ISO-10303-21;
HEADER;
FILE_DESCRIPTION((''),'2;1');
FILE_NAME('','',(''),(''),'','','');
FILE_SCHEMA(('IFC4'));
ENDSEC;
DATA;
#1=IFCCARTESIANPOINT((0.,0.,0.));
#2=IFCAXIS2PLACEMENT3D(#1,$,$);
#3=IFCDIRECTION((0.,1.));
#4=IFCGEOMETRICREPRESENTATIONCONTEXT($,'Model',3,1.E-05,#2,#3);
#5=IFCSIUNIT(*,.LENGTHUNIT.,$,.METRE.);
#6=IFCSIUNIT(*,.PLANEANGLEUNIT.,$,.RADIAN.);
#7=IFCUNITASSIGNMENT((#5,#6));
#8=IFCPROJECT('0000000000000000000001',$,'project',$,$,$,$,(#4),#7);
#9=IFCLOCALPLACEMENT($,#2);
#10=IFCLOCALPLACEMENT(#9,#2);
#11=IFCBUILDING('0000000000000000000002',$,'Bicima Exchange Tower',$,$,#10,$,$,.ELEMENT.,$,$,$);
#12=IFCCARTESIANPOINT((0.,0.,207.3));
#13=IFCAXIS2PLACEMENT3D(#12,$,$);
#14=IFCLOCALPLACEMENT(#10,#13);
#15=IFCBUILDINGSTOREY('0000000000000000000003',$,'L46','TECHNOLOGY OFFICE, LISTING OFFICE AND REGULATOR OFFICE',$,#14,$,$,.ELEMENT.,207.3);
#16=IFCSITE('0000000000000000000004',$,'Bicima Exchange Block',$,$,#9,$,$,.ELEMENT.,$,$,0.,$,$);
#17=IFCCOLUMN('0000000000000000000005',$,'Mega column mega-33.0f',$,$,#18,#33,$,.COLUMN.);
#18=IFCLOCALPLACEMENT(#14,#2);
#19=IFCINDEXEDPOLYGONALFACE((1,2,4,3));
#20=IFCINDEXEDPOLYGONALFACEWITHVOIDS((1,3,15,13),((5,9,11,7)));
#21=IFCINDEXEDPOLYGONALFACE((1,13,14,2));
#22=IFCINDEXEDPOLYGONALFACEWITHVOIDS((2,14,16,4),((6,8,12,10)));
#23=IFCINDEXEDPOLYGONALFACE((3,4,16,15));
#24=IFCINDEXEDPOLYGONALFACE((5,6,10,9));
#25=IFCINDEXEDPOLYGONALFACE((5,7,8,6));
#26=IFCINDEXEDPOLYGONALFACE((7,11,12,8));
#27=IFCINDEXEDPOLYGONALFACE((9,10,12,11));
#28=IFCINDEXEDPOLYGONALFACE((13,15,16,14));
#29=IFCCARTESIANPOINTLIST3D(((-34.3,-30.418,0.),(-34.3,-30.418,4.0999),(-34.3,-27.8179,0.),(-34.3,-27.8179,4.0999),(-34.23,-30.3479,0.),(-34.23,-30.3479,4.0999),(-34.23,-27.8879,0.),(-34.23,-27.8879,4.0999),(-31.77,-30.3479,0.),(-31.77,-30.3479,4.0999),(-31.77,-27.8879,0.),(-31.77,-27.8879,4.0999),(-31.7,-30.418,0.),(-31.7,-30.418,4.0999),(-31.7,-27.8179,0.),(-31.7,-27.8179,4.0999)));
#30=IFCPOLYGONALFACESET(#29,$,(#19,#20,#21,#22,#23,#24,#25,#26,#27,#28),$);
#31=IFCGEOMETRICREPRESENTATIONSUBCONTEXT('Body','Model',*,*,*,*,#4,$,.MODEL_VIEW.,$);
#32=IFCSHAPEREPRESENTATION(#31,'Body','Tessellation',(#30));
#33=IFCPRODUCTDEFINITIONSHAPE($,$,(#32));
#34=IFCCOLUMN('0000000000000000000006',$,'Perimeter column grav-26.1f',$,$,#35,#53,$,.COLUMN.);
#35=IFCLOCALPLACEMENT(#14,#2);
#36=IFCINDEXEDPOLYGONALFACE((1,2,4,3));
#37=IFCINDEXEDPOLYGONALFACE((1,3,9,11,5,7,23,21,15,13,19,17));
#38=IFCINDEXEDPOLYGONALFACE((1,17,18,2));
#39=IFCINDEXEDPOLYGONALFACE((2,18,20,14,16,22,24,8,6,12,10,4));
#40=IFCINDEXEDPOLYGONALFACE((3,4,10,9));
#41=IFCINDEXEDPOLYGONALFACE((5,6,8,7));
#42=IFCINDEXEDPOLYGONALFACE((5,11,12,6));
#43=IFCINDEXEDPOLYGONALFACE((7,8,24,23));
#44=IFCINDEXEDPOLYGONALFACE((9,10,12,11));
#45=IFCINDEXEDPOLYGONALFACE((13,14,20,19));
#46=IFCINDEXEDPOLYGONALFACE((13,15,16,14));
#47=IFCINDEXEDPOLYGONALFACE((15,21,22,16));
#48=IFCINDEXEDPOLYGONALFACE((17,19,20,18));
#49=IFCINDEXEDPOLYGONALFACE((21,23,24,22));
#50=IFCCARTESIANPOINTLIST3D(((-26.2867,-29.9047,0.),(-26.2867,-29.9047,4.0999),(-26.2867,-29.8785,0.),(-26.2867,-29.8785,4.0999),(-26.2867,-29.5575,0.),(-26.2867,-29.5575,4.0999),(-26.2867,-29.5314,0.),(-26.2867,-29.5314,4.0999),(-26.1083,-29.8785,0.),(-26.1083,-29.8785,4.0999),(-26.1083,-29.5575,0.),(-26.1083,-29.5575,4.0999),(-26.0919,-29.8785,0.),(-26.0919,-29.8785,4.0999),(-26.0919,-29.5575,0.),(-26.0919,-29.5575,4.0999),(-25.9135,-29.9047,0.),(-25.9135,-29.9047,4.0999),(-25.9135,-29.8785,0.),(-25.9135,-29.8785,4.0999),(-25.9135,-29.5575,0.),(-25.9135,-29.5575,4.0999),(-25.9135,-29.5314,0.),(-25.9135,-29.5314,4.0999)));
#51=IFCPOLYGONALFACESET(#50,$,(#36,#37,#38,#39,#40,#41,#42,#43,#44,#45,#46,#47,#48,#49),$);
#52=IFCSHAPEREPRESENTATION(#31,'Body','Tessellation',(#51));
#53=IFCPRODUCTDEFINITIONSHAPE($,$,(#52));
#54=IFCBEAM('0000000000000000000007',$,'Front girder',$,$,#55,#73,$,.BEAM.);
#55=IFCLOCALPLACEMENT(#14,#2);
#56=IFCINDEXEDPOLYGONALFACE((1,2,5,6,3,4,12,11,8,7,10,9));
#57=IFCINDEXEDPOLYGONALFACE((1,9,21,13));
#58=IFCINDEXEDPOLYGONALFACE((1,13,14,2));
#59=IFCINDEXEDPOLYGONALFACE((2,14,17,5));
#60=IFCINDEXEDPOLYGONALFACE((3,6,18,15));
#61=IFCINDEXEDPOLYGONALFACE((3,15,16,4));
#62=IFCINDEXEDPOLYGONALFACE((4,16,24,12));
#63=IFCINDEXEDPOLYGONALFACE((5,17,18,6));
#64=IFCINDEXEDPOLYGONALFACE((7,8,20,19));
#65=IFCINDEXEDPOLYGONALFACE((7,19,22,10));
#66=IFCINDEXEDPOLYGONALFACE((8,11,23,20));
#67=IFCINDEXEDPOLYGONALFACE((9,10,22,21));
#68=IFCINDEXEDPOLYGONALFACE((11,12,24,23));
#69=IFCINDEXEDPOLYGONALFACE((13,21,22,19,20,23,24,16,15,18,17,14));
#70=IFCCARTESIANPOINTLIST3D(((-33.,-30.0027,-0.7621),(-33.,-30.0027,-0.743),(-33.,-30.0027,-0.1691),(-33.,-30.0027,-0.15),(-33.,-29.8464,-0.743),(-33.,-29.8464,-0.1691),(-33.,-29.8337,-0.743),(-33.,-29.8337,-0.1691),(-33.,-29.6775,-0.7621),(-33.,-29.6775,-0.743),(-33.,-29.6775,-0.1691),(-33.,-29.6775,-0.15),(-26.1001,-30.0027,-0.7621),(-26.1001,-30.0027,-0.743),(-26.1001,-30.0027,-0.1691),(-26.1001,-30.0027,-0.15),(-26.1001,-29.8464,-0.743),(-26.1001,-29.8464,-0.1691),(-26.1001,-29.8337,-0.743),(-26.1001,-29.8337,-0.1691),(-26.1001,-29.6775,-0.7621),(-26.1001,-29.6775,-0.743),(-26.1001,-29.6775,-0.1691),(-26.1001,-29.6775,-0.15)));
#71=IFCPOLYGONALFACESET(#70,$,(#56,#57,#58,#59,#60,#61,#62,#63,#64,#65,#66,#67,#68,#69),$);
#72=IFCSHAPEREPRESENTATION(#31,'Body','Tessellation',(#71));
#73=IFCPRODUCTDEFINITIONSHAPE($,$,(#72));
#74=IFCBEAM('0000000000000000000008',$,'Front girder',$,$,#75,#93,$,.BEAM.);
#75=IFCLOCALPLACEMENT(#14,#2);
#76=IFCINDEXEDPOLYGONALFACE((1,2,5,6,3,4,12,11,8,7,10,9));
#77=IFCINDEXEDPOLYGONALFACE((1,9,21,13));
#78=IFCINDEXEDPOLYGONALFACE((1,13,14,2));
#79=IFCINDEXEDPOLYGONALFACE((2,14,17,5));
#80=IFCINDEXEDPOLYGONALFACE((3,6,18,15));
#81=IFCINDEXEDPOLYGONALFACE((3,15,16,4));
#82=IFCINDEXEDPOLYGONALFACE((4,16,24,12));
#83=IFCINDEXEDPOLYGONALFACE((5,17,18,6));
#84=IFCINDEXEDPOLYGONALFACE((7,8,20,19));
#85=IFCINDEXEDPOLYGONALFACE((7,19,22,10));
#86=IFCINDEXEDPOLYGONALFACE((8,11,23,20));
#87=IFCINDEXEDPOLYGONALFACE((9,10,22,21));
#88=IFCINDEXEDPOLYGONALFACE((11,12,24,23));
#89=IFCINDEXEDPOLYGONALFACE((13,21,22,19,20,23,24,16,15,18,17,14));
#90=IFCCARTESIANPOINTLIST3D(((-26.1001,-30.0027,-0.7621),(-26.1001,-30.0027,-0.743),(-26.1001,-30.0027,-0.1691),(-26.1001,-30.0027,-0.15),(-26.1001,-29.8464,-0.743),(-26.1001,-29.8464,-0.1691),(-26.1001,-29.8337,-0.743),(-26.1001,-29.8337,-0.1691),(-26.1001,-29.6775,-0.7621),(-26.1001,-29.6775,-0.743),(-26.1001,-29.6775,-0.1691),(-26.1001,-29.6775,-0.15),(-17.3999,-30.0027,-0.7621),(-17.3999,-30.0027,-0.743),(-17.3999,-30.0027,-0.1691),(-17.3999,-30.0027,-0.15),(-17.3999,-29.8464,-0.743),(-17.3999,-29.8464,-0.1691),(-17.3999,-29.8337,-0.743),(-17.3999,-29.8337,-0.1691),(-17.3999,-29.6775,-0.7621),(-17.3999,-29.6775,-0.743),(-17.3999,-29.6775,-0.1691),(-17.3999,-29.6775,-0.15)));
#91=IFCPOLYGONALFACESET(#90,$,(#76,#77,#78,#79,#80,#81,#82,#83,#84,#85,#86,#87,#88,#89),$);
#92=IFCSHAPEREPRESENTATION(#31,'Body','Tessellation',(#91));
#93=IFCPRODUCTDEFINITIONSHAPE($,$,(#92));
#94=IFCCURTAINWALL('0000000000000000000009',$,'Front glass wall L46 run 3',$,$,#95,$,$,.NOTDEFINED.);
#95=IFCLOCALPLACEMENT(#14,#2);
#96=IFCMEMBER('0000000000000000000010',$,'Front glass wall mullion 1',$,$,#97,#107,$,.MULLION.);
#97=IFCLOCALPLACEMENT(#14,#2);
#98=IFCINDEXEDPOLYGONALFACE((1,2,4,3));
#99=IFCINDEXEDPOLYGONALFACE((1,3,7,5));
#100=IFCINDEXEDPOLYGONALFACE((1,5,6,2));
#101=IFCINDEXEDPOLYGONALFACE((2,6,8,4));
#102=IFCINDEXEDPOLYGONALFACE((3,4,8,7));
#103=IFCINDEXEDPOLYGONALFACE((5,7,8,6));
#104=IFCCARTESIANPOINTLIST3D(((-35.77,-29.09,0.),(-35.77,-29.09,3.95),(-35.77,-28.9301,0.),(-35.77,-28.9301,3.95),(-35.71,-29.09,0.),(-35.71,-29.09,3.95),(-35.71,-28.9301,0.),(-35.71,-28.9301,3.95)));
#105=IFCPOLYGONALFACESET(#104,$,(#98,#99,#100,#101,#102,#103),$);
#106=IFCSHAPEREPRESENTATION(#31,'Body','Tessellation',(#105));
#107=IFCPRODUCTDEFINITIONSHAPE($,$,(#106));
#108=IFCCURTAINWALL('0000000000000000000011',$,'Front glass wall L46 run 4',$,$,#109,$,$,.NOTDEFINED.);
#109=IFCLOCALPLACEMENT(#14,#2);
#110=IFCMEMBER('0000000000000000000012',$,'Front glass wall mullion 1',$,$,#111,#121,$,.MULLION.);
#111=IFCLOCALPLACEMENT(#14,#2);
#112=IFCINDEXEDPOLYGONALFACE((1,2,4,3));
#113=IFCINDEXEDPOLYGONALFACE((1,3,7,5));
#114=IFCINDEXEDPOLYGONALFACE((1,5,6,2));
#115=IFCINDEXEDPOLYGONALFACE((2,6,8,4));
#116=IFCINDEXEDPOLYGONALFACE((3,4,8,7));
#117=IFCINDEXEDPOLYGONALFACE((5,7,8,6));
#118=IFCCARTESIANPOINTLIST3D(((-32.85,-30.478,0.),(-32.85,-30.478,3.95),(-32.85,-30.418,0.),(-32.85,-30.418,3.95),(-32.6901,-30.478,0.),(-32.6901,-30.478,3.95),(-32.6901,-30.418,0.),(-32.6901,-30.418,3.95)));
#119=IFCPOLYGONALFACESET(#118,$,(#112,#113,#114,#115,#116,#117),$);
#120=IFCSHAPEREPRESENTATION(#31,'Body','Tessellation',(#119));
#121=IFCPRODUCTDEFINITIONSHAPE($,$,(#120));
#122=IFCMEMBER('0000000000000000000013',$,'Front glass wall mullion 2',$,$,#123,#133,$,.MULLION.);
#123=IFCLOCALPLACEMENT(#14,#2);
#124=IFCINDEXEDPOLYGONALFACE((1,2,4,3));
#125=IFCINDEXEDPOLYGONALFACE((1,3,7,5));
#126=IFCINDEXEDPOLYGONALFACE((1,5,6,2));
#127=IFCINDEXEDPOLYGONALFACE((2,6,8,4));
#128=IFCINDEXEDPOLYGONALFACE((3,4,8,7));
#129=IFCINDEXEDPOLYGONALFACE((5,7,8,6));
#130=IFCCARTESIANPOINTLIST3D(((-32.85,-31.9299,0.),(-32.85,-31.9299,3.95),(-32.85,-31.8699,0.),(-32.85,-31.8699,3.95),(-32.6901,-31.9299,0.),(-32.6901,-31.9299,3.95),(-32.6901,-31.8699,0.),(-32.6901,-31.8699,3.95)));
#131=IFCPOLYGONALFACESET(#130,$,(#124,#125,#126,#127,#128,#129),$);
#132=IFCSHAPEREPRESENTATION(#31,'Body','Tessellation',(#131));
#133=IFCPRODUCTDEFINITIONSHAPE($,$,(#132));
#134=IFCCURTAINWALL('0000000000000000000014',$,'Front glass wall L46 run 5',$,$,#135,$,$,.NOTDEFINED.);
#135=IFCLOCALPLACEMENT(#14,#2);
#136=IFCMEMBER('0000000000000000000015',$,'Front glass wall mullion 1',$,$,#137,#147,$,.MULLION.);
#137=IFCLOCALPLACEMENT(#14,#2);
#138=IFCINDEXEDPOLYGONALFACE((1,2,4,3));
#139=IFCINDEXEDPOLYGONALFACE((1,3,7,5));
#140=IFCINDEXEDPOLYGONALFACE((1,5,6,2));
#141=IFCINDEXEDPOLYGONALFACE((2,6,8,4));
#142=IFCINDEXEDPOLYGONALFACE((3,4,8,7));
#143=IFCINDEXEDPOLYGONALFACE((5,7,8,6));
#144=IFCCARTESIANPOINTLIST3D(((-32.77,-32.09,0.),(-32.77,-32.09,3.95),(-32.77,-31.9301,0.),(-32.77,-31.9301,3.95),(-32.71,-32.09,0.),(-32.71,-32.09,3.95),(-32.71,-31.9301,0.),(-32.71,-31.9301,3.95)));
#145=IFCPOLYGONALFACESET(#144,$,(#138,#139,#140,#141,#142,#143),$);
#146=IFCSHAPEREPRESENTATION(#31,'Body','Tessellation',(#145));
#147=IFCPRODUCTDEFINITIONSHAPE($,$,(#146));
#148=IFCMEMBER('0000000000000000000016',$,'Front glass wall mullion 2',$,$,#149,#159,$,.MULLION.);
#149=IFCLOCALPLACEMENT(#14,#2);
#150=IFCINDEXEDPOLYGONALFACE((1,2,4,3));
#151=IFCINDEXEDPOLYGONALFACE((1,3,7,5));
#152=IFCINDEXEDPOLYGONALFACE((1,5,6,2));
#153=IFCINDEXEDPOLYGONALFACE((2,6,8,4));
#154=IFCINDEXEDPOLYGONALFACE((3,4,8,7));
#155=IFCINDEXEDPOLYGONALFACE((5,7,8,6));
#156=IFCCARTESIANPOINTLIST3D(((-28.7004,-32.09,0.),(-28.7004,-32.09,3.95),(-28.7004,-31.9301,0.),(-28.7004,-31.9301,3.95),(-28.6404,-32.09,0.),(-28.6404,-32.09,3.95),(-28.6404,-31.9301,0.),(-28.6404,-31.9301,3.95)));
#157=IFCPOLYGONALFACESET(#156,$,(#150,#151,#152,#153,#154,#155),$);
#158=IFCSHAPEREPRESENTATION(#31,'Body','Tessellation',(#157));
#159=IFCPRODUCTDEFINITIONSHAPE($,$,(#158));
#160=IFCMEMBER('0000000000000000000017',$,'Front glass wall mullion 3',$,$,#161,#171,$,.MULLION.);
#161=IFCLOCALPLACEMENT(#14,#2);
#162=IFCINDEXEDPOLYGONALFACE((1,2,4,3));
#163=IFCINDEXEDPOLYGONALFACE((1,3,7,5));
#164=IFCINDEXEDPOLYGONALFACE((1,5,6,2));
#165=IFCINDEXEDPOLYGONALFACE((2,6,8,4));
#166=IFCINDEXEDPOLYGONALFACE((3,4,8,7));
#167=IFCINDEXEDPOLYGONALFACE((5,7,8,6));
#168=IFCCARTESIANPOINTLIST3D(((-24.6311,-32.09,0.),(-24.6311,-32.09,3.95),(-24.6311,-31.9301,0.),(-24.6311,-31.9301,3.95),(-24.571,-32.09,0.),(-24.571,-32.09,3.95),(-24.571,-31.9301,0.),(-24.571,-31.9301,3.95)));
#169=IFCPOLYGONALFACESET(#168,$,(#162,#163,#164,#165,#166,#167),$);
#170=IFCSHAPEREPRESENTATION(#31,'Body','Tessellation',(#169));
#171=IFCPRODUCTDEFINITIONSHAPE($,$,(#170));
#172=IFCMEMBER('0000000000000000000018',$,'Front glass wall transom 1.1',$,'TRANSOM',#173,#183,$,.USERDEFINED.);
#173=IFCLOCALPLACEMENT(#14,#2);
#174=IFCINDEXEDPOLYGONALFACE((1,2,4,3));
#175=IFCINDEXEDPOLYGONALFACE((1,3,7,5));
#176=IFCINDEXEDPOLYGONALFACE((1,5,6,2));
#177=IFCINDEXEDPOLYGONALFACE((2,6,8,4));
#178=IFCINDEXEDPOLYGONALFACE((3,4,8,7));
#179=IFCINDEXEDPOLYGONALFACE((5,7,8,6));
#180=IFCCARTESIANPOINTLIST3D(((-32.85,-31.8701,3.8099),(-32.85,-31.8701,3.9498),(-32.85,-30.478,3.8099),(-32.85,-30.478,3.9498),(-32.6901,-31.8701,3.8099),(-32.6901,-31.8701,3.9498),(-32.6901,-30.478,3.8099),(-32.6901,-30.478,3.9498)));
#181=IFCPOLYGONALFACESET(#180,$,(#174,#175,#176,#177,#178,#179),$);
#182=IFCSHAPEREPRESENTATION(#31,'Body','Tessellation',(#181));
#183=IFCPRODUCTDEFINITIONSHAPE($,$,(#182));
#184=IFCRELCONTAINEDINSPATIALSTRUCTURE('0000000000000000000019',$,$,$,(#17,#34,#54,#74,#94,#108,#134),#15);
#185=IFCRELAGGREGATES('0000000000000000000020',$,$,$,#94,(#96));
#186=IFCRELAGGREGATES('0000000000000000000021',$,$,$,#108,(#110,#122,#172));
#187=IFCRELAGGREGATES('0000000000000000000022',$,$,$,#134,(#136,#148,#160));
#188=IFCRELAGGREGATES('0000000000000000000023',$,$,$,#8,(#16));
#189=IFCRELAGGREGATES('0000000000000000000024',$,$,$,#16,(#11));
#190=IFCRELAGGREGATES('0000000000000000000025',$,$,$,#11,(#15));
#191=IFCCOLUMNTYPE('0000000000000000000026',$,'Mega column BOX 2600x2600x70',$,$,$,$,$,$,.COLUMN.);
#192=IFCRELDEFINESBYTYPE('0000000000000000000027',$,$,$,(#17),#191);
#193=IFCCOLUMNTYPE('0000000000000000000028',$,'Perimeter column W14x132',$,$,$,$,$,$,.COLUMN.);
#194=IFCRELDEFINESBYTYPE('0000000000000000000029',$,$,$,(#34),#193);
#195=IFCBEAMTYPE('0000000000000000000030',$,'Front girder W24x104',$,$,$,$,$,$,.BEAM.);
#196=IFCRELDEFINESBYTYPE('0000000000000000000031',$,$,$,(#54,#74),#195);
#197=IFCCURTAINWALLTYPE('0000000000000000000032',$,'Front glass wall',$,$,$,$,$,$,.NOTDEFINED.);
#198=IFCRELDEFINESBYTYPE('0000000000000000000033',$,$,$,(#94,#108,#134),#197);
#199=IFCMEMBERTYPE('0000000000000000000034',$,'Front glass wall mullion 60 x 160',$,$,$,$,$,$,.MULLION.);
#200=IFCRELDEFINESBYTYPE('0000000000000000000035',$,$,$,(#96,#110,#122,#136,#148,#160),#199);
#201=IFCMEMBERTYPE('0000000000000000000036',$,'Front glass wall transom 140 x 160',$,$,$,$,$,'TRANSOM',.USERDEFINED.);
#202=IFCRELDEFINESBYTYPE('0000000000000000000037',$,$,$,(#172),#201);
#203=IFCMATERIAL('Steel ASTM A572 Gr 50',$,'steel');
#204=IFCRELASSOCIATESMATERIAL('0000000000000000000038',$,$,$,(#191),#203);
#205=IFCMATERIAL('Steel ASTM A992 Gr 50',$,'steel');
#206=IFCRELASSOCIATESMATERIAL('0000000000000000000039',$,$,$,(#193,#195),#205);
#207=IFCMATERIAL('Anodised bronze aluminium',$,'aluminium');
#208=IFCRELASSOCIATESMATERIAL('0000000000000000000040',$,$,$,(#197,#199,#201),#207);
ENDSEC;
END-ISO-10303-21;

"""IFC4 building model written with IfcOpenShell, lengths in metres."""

from ifc_helpers import new_model, si_unit, direction, frame, origin, origin_2d, place, context, subcontext, project, spatial, rectangle, hollow_rectangle, i_section, extrude, material, material_profile, profile_set, type_object, element, aggregate, save


model = new_model("IFC4")

# Units and contexts
model_context = context("Model", 3, precision=1e-05, world=origin(), true_north=direction((0.0, 1.0)))
body_context = subcontext(model_context, "Body", "Model", "MODEL_VIEW")
ifc_project = project(units=[si_unit("LENGTHUNIT", "METRE"), si_unit("PLANEANGLEUNIT", "RADIAN")], contexts=[model_context])

# Site, building, storey
site_placement = place(None, origin())
site = spatial("IfcSite", under=ifc_project, at=site_placement, Name="Bicima Exchange Block", CompositionType="ELEMENT", RefElevation=0.0)
building_placement = place(site_placement, origin())
building = spatial("IfcBuilding", under=site, at=building_placement, Name="Bicima Exchange Tower", CompositionType="ELEMENT")
storey_placement = place(building_placement, frame((0.0, 0.0, 207.3)))
storey = spatial("IfcBuildingStorey", under=building, at=storey_placement, Name="L46", Description="TECHNOLOGY OFFICE, LISTING OFFICE AND REGULATOR OFFICE", CompositionType="ELEMENT", Elevation=207.3)

# Columns
ifc_material_1 = material(Name="Steel ASTM A572 Gr 50", Category="steel")
ifc_material_profile_1 = material_profile(ifc_material_1, hollow_rectangle(XDim=2.6001, YDim=2.6001, WallThickness=0.0701, at=origin_2d()))
ifc_profile_set_1 = profile_set([ifc_material_profile_1], Name="Steel ASTM A572 Gr 50")
column_type_1 = type_object("IfcColumnType", Name="Mega column BOX 2600x2600x70", PredefinedType="COLUMN", material=ifc_profile_set_1)
column_1_placement = place(storey_placement, frame((-33.0, -29.1179, 0.0), z_axis=(0.0, 0.0, 1.0), x_axis=(1.0, 0.0, 0.0)))
element("IfcColumn", 1, at=column_1_placement, inside=storey, type_object=column_type_1, Name="Mega column mega-33.0f", PredefinedType="COLUMN", context=body_context, shape_type="SweptSolid", body=[
    extrude(hollow_rectangle(XDim=2.6001, YDim=2.6001, WallThickness=0.0701, at=origin_2d()), origin(), (0.0, 0.0, 1.0), 4.0999),
])
ifc_material_2 = material(Name="Steel ASTM A992 Gr 50", Category="steel")
ifc_material_profile_2 = material_profile(ifc_material_2, i_section(OverallWidth=0.3733, OverallDepth=0.3733, WebThickness=0.0164, FlangeThickness=0.0261, at=origin_2d()))
ifc_profile_set_2 = profile_set([ifc_material_profile_2], Name="Steel ASTM A992 Gr 50")
column_type_2 = type_object("IfcColumnType", Name="Perimeter column W14x132", PredefinedType="COLUMN", material=ifc_profile_set_2)
column_2_placement = place(storey_placement, frame((-26.1001, -29.718, 0.0), z_axis=(0.0, 0.0, 1.0), x_axis=(1.0, 0.0, 0.0)))
element("IfcColumn", 2, at=column_2_placement, inside=storey, type_object=column_type_2, Name="Perimeter column grav-26.1f", PredefinedType="COLUMN", context=body_context, shape_type="SweptSolid", body=[
    extrude(i_section(OverallWidth=0.3733, OverallDepth=0.3733, WebThickness=0.0164, FlangeThickness=0.0261, at=origin_2d()), origin(), (0.0, 0.0, 1.0), 4.0999),
])

# Beams
ifc_material_profile_3 = material_profile(ifc_material_2, i_section(OverallWidth=0.3252, OverallDepth=0.6121, WebThickness=0.0127, FlangeThickness=0.019, at=origin_2d()))
ifc_profile_set_3 = profile_set([ifc_material_profile_3], Name="Steel ASTM A992 Gr 50")
beam_type = type_object("IfcBeamType", Name="Front girder W24x104", PredefinedType="BEAM", material=ifc_profile_set_3)
beam_1_placement = place(storey_placement, frame((-33.0, -29.8401, -0.4561), z_axis=(1.0, 0.0, 0.0), x_axis=(0.0, 1.0, 0.0)))
element("IfcBeam", 3, at=beam_1_placement, inside=storey, type_object=beam_type, Name="Front girder", PredefinedType="BEAM", context=body_context, shape_type="SweptSolid", body=[
    extrude(i_section(OverallWidth=0.3252, OverallDepth=0.6121, WebThickness=0.0127, FlangeThickness=0.019, at=origin_2d()), origin(), (0.0, 0.0, 1.0), 6.8999),
])
beam_2_placement = place(storey_placement, frame((-26.1001, -29.8401, -0.4561), z_axis=(1.0, 0.0, 0.0), x_axis=(0.0, 1.0, 0.0)))
element("IfcBeam", 4, at=beam_2_placement, inside=storey, type_object=beam_type, Name="Front girder", PredefinedType="BEAM", context=body_context, shape_type="SweptSolid", body=[
    extrude(i_section(OverallWidth=0.3252, OverallDepth=0.6121, WebThickness=0.0127, FlangeThickness=0.019, at=origin_2d()), origin(), (0.0, 0.0, 1.0), 8.7002),
])

# Curtain wall, member
ifc_material_3 = material(Name="Anodised bronze aluminium", Category="aluminium")
curtain_wall_type = type_object("IfcCurtainWallType", Name="Front glass wall", PredefinedType="NOTDEFINED", material=ifc_material_3)
curtain_wall_1_placement = place(storey_placement, origin())
curtain_wall_1 = element("IfcCurtainWall", 5, at=curtain_wall_1_placement, inside=storey, type_object=curtain_wall_type, Name="Front glass wall L46 run 3", PredefinedType="NOTDEFINED")
ifc_material_profile_4 = material_profile(ifc_material_3, rectangle(XDim=0.1599, YDim=0.0601, at=origin_2d()))
ifc_profile_set_4 = profile_set([ifc_material_profile_4], Name="Anodised bronze aluminium")
member_type_1 = type_object("IfcMemberType", Name="Front glass wall mullion 60 x 160", PredefinedType="MULLION", material=ifc_profile_set_4)
member_1_placement = place(storey_placement, frame((-35.74, -29.01, 0.0), z_axis=(0.0, 0.0, 1.0), x_axis=(0.0, 1.0, 0.0)))
member_1 = element("IfcMember", 6, at=member_1_placement, type_object=member_type_1, Name="Front glass wall mullion 1", PredefinedType="MULLION", context=body_context, shape_type="SweptSolid", body=[
    extrude(rectangle(XDim=0.1599, YDim=0.0601, at=origin_2d()), origin(), (0.0, 0.0, 1.0), 3.95),
])
aggregate(curtain_wall_1, [member_1])

# Curtain walls, members
curtain_wall_2_placement = place(storey_placement, origin())
curtain_wall_2 = element("IfcCurtainWall", 7, at=curtain_wall_2_placement, inside=storey, type_object=curtain_wall_type, Name="Front glass wall L46 run 4", PredefinedType="NOTDEFINED")
member_2_placement = place(storey_placement, frame((-32.77, -30.448, 0.0), z_axis=(0.0, 0.0, 1.0), x_axis=(1.0, 0.0, 0.0)))
member_2 = element("IfcMember", 8, at=member_2_placement, type_object=member_type_1, Name="Front glass wall mullion 1", PredefinedType="MULLION", context=body_context, shape_type="SweptSolid", body=[
    extrude(rectangle(XDim=0.1599, YDim=0.0601, at=origin_2d()), origin(), (0.0, 0.0, 1.0), 3.95),
])
member_3_placement = place(storey_placement, frame((-32.77, -31.8999, 0.0), z_axis=(0.0, 0.0, 1.0), x_axis=(1.0, 0.0, 0.0)))
member_3 = element("IfcMember", 9, at=member_3_placement, type_object=member_type_1, Name="Front glass wall mullion 2", PredefinedType="MULLION", context=body_context, shape_type="SweptSolid", body=[
    extrude(rectangle(XDim=0.1599, YDim=0.0601, at=origin_2d()), origin(), (0.0, 0.0, 1.0), 3.95),
])
curtain_wall_3_placement = place(storey_placement, origin())
curtain_wall_3 = element("IfcCurtainWall", 10, at=curtain_wall_3_placement, inside=storey, type_object=curtain_wall_type, Name="Front glass wall L46 run 5", PredefinedType="NOTDEFINED")
member_4_placement = place(storey_placement, frame((-32.74, -32.01, 0.0), z_axis=(0.0, 0.0, 1.0), x_axis=(0.0, 1.0, 0.0)))
member_4 = element("IfcMember", 11, at=member_4_placement, type_object=member_type_1, Name="Front glass wall mullion 1", PredefinedType="MULLION", context=body_context, shape_type="SweptSolid", body=[
    extrude(rectangle(XDim=0.1599, YDim=0.0601, at=origin_2d()), origin(), (0.0, 0.0, 1.0), 3.95),
])
member_5_placement = place(storey_placement, frame((-28.6704, -32.01, 0.0), z_axis=(0.0, 0.0, 1.0), x_axis=(0.0, 1.0, 0.0)))
member_5 = element("IfcMember", 12, at=member_5_placement, type_object=member_type_1, Name="Front glass wall mullion 2", PredefinedType="MULLION", context=body_context, shape_type="SweptSolid", body=[
    extrude(rectangle(XDim=0.1599, YDim=0.0601, at=origin_2d()), origin(), (0.0, 0.0, 1.0), 3.95),
])
member_6_placement = place(storey_placement, frame((-24.6011, -32.01, 0.0), z_axis=(0.0, 0.0, 1.0), x_axis=(0.0, 1.0, 0.0)))
member_6 = element("IfcMember", 13, at=member_6_placement, type_object=member_type_1, Name="Front glass wall mullion 3", PredefinedType="MULLION", context=body_context, shape_type="SweptSolid", body=[
    extrude(rectangle(XDim=0.1599, YDim=0.0601, at=origin_2d()), origin(), (0.0, 0.0, 1.0), 3.95),
])

# Member
ifc_material_profile_5 = material_profile(ifc_material_3, rectangle(XDim=0.1599, YDim=0.1399, at=origin_2d()))
ifc_profile_set_5 = profile_set([ifc_material_profile_5], Name="Anodised bronze aluminium")
member_type_2 = type_object("IfcMemberType", Name="Front glass wall transom 140 x 160", ElementType="TRANSOM", PredefinedType="USERDEFINED", material=ifc_profile_set_5)
member_7_placement = place(storey_placement, frame((-32.77, -30.478, 3.8799), z_axis=(0.0, -1.0, 0.0), x_axis=(1.0, 0.0, 0.0)))
member_7 = element("IfcMember", 14, at=member_7_placement, type_object=member_type_2, Name="Front glass wall transom 1.1", ObjectType="TRANSOM", PredefinedType="USERDEFINED", context=body_context, shape_type="SweptSolid", body=[
    extrude(rectangle(XDim=0.1599, YDim=0.1399, at=origin_2d()), origin(), (0.0, 0.0, 1.0), 1.3921),
])

aggregate(curtain_wall_2, [member_2, member_3, member_7])
aggregate(curtain_wall_3, [member_4, member_5, member_6])

save(model, "model.ifc")
